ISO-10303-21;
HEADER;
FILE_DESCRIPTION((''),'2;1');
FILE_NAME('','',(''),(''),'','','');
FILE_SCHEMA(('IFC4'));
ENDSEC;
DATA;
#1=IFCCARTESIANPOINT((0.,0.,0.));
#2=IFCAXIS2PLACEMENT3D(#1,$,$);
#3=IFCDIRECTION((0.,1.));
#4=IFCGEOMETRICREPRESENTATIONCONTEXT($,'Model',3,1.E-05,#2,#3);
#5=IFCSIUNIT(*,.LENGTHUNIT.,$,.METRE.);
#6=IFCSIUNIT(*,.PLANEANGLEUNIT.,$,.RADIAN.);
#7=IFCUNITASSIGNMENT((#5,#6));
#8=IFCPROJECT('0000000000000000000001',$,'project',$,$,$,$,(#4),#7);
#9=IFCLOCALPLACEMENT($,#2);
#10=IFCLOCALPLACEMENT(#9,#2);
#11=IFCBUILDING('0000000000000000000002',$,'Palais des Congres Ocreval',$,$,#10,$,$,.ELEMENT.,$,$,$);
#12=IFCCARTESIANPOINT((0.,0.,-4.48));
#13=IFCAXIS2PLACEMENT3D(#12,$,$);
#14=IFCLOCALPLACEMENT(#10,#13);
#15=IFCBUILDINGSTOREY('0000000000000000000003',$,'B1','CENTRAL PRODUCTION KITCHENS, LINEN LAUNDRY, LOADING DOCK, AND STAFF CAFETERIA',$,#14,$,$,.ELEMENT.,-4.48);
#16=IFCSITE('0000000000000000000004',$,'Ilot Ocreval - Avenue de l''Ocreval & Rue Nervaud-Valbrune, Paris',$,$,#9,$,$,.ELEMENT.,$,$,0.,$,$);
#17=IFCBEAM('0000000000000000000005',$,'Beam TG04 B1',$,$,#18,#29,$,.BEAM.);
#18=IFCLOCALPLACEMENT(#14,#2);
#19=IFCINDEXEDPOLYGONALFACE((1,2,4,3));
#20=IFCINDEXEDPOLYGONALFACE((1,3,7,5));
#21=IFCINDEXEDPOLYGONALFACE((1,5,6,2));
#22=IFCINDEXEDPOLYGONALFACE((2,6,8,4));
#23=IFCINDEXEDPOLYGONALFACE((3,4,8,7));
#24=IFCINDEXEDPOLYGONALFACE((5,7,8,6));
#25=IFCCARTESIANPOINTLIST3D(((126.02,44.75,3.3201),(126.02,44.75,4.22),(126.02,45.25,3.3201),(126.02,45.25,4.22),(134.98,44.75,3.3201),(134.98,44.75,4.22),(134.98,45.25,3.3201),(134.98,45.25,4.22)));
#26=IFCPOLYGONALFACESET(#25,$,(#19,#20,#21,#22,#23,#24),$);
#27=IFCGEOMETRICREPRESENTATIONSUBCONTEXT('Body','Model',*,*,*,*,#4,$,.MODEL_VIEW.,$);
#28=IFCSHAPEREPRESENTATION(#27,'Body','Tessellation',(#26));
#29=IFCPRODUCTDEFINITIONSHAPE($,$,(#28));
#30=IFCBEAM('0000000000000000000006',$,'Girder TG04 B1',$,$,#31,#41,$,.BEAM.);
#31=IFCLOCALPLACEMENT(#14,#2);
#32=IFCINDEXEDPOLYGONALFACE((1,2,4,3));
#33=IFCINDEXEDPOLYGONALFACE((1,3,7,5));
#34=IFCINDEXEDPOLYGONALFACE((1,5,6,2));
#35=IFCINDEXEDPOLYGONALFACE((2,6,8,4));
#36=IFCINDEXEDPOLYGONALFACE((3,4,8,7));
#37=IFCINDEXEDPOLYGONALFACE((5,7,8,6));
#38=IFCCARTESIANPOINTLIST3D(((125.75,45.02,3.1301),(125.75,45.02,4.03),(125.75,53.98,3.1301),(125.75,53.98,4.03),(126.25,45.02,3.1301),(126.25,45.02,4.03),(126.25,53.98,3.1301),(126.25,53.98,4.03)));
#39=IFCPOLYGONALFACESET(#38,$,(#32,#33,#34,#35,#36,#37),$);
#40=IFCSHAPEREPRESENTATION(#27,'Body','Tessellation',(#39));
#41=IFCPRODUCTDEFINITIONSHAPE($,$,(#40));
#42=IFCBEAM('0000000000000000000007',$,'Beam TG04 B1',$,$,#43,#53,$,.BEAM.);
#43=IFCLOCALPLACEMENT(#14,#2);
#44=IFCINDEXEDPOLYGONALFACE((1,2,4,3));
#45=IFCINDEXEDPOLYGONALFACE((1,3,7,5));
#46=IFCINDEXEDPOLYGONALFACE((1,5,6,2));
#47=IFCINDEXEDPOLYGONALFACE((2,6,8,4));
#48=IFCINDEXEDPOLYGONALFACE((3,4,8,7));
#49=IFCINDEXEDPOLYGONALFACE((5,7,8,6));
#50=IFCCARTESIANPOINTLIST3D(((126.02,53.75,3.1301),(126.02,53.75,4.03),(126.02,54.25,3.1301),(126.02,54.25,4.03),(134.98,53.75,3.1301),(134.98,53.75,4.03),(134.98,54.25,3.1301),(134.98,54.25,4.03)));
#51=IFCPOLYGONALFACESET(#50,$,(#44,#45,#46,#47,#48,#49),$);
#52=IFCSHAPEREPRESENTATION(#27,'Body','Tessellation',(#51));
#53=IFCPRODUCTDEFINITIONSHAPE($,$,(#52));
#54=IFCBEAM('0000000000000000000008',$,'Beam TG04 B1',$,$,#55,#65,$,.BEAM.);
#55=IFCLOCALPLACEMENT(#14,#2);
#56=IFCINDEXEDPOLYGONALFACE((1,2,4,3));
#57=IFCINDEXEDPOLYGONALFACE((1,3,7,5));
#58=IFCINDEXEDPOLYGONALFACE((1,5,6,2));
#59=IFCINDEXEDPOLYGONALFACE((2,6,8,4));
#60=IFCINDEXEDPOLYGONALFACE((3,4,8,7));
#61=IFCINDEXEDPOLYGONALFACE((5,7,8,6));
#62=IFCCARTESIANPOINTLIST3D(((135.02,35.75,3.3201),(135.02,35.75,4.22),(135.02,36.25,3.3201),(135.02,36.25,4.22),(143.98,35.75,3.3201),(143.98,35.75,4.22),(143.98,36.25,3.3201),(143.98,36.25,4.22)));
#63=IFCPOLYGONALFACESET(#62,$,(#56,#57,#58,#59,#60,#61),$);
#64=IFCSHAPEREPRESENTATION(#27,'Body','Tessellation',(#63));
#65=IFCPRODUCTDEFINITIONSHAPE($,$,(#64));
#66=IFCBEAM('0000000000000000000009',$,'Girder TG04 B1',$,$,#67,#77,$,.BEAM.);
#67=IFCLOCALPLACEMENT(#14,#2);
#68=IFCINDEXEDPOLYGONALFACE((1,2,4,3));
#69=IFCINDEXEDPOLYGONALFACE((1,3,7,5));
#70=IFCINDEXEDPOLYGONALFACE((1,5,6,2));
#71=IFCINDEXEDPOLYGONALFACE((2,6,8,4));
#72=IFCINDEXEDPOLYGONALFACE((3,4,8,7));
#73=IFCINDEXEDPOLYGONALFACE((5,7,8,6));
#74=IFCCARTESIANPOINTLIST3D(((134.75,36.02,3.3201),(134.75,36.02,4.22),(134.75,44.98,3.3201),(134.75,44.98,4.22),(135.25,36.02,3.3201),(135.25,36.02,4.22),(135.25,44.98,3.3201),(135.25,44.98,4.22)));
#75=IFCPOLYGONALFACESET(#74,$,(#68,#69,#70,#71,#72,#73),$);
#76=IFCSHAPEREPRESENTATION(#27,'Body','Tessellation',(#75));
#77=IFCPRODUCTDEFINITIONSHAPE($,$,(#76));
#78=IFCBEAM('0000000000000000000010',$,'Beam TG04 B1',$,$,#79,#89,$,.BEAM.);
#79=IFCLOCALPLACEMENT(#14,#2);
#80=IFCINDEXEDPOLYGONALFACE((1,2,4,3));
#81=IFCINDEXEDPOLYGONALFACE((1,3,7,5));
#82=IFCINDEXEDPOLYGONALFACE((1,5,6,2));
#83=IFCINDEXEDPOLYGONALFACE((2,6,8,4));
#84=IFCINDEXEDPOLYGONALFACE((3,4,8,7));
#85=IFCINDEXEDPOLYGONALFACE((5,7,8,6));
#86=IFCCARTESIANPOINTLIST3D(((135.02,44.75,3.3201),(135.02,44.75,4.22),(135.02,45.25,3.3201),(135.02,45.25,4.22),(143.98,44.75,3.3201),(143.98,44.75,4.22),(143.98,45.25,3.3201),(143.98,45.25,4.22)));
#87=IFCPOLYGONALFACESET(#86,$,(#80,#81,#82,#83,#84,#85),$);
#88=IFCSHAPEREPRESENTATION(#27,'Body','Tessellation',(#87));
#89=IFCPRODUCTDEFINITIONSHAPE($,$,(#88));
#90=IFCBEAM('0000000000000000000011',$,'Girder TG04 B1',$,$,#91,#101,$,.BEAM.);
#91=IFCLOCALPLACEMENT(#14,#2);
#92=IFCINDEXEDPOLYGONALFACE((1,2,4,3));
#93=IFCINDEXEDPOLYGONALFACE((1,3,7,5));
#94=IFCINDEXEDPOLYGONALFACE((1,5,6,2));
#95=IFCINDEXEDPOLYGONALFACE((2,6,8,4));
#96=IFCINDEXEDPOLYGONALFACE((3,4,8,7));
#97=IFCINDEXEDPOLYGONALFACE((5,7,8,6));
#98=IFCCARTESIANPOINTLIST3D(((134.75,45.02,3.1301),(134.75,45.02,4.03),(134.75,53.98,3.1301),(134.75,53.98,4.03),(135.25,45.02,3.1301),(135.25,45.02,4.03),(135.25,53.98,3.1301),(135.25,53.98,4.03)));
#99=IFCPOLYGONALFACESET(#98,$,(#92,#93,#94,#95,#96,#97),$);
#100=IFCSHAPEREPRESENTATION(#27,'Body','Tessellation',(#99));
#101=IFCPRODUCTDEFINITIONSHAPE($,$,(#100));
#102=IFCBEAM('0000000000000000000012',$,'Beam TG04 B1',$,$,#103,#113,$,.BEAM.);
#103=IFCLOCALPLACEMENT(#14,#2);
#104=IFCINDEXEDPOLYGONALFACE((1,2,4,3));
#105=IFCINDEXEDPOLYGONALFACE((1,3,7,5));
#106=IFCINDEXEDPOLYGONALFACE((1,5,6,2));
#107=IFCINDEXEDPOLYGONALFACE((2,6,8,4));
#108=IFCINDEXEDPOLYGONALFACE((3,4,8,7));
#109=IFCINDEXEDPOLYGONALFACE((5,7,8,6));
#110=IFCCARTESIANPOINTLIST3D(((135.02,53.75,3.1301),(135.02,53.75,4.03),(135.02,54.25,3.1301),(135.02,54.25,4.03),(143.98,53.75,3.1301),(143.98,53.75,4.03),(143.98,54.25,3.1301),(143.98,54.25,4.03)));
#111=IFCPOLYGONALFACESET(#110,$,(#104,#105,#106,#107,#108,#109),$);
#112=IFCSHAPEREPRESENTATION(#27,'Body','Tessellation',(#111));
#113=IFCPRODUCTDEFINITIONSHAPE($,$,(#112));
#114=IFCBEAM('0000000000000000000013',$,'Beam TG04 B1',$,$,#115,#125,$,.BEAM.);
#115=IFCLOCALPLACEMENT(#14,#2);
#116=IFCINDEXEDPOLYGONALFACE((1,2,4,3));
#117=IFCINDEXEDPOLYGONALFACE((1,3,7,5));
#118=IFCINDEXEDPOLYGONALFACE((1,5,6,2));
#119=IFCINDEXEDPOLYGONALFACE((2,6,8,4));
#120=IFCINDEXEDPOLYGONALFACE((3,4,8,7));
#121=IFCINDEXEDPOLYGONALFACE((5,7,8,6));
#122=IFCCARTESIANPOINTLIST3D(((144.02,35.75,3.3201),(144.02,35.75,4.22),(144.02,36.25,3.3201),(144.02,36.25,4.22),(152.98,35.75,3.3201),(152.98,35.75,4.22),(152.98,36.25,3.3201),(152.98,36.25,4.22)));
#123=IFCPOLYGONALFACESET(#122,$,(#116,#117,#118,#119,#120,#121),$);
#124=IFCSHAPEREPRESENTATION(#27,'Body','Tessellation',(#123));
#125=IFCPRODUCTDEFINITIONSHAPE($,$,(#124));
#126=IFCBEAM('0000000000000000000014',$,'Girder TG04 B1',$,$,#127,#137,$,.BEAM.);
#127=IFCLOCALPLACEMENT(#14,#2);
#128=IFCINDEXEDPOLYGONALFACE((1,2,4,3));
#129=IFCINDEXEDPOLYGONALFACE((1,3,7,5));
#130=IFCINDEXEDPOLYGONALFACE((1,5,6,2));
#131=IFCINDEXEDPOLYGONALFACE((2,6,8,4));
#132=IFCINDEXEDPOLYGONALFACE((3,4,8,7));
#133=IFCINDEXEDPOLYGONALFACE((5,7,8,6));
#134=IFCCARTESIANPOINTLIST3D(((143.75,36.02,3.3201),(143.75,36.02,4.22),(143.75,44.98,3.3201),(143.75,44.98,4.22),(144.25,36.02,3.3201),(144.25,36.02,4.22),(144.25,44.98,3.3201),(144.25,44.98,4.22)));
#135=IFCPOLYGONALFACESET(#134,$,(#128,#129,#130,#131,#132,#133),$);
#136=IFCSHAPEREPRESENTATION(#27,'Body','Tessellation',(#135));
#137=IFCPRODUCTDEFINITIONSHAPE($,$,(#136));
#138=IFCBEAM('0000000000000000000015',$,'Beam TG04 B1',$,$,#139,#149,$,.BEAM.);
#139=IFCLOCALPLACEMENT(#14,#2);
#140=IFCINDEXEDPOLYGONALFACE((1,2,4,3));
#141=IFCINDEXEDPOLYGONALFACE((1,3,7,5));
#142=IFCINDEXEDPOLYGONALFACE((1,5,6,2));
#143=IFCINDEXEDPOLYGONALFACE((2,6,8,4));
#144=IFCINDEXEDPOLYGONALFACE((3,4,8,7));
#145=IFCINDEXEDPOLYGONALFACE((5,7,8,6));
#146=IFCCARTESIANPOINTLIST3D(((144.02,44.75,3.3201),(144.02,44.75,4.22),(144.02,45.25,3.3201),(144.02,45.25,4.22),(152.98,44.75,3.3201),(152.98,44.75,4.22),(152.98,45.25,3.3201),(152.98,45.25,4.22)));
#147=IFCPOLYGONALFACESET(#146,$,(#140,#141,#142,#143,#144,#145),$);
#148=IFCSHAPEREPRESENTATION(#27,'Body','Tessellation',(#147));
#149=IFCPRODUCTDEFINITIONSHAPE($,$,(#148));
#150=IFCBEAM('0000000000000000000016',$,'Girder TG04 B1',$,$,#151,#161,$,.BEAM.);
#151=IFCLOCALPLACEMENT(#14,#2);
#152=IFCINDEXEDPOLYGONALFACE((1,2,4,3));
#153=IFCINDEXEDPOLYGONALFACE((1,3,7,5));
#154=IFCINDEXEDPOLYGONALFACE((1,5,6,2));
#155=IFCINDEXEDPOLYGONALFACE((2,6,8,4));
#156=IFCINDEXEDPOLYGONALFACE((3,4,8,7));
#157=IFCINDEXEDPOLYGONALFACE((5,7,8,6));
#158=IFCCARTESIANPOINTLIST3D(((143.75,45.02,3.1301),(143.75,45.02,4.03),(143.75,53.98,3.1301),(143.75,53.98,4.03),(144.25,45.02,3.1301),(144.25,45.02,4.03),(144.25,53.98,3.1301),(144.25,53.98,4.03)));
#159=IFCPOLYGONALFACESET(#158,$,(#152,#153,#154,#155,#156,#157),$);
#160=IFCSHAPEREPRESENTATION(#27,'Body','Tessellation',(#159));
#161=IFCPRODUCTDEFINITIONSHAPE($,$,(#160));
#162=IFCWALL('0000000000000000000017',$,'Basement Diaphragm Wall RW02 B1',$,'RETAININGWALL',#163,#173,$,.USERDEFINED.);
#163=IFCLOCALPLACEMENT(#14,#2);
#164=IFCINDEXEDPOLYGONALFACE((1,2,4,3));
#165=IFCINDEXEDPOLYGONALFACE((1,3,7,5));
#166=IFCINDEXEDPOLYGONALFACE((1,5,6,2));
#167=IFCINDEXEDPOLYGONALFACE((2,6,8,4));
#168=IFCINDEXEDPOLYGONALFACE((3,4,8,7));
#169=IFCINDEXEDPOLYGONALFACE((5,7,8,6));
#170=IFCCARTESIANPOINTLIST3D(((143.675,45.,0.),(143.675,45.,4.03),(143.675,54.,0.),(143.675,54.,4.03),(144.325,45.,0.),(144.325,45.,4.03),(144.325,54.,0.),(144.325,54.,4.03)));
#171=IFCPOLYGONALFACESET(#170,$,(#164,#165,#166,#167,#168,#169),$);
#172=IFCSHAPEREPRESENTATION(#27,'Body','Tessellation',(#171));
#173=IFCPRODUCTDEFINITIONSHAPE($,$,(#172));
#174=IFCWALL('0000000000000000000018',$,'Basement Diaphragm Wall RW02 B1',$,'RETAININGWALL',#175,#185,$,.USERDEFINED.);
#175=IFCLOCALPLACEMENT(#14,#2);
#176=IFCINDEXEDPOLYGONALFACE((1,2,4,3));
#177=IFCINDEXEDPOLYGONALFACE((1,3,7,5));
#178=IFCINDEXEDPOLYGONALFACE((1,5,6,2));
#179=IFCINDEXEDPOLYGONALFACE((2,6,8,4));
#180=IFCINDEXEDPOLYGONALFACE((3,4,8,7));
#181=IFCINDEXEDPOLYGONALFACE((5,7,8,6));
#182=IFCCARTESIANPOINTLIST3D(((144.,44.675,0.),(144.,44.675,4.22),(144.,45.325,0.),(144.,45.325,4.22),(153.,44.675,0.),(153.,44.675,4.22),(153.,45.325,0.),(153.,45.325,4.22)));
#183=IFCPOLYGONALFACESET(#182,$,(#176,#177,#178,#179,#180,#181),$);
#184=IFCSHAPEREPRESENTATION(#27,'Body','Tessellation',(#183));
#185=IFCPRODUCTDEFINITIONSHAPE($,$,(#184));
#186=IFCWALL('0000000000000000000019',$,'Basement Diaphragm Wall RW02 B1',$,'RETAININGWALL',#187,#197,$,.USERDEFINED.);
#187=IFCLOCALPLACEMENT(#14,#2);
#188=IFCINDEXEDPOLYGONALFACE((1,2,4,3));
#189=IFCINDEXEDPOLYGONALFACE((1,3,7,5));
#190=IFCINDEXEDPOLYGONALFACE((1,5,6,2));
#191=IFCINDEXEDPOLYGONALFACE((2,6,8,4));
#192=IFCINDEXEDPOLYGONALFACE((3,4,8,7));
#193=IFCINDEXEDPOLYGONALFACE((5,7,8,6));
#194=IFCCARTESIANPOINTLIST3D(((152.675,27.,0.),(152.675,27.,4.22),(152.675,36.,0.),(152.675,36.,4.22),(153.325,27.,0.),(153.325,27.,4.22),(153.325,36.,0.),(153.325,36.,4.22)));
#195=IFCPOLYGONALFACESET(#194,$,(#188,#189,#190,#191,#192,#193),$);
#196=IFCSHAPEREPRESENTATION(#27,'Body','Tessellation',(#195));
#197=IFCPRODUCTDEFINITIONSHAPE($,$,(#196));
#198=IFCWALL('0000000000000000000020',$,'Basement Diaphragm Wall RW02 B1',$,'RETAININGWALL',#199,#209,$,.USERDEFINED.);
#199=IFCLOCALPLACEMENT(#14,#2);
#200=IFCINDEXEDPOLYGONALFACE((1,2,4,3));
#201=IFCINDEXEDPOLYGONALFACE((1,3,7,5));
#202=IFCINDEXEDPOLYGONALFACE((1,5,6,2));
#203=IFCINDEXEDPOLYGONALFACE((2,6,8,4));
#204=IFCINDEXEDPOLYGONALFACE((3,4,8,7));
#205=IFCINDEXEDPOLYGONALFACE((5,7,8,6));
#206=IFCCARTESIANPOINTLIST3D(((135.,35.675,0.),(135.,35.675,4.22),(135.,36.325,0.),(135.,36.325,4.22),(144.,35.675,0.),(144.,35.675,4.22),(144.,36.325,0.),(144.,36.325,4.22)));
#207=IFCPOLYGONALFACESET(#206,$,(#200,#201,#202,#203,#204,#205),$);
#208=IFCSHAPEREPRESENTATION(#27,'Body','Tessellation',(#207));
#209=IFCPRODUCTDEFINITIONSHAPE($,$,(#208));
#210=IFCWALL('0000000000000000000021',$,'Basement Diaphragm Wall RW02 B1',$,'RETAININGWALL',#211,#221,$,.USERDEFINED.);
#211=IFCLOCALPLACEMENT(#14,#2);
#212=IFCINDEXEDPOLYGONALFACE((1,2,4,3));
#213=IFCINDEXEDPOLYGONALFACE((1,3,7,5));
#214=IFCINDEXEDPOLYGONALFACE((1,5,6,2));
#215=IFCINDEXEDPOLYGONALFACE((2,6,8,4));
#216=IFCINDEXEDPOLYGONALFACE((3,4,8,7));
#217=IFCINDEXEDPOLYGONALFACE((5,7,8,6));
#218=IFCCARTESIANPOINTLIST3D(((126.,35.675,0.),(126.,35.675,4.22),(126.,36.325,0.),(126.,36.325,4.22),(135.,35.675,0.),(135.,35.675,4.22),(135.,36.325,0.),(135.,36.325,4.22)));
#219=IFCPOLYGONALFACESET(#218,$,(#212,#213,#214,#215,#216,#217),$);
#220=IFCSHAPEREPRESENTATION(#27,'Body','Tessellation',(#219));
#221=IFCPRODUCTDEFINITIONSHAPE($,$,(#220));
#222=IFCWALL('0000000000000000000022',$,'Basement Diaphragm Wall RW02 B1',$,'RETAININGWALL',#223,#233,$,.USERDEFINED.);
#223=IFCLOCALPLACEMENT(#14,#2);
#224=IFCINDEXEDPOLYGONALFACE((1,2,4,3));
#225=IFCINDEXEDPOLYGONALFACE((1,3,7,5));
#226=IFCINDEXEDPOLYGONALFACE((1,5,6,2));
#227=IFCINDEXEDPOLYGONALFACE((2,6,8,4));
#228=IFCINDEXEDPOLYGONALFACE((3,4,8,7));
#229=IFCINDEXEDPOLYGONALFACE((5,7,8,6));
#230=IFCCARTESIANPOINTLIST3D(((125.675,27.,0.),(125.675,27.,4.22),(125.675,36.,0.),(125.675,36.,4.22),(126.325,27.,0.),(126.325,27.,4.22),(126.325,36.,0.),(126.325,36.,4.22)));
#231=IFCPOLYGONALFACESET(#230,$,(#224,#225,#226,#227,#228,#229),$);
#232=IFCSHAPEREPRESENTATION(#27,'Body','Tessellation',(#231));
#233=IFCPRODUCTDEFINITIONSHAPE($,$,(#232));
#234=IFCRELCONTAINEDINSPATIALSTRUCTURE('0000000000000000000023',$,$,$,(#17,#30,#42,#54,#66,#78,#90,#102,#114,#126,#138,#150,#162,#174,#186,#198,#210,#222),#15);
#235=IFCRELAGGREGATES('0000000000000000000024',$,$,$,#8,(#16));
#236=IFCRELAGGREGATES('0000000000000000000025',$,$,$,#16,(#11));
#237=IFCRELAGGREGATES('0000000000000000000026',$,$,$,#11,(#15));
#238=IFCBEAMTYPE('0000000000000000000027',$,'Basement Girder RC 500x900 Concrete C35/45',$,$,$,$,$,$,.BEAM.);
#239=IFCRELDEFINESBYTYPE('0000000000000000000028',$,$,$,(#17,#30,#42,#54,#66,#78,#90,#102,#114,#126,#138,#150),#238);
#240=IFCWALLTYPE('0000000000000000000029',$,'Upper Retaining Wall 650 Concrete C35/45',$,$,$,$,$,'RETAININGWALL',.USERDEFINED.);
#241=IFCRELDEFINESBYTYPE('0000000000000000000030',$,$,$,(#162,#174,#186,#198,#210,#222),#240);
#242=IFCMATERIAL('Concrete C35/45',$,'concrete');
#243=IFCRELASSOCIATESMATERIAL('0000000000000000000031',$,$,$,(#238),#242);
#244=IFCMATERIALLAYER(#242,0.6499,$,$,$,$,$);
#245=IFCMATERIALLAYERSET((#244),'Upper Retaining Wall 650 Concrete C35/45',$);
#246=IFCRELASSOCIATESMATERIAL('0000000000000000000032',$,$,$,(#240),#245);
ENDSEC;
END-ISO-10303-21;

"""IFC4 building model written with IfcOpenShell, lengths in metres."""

from ifc_helpers import new_model, si_unit, direction, frame, frame_2d, origin, origin_2d, place, context, subcontext, project, spatial, rectangle, extrude, material, layer, layer_set, material_profile, profile_set, type_object, element, save


model = new_model("IFC4")

# Units and contexts
model_context = context("Model", 3, precision=1e-05, world=origin(), true_north=direction((0.0, 1.0)))
body_context = subcontext(model_context, "Body", "Model", "MODEL_VIEW")
ifc_project = project(units=[si_unit("LENGTHUNIT", "METRE"), si_unit("PLANEANGLEUNIT", "RADIAN")], contexts=[model_context])

# Site, building, storey
site_placement = place(None, origin())
site = spatial("IfcSite", under=ifc_project, at=site_placement, Name="Ilot Ocreval - Avenue de l'Ocreval & Rue Nervaud-Valbrune, Paris", CompositionType="ELEMENT", RefElevation=0.0)
building_placement = place(site_placement, origin())
building = spatial("IfcBuilding", under=site, at=building_placement, Name="Palais des Congres Ocreval", CompositionType="ELEMENT")
storey_placement = place(building_placement, frame((0.0, 0.0, -4.48)))
storey = spatial("IfcBuildingStorey", under=building, at=storey_placement, Name="B1", Description="CENTRAL PRODUCTION KITCHENS, LINEN LAUNDRY, LOADING DOCK, AND STAFF CAFETERIA", CompositionType="ELEMENT", Elevation=-4.48)

# Beams
ifc_material_1 = material(Name="Concrete C35/45", Category="concrete")
ifc_material_profile_1 = material_profile(ifc_material_1, rectangle(XDim=0.5, YDim=0.8999, at=origin_2d()), Name="RC 500x900")
ifc_profile_set_1 = profile_set([ifc_material_profile_1], Name="Concrete C35/45")
beam_type = type_object("IfcBeamType", Name="Basement Girder RC 500x900 Concrete C35/45", PredefinedType="BEAM", material=ifc_profile_set_1)
for number, where, z_axis, x_axis, name in (
    (1, (126.02, 45.0, 3.77), (1.0, 0.0, 0.0), (0.0, 1.0, 0.0), "Beam TG04 B1"),
    (2, (126.0, 45.02, 3.5801), (0.0, 1.0, 0.0), (-1.0, 0.0, 0.0), "Girder TG04 B1"),
    (3, (126.02, 54.0, 3.5801), (1.0, 0.0, 0.0), (0.0, 1.0, 0.0), "Beam TG04 B1"),
    (4, (135.02, 36.0, 3.77), (1.0, 0.0, 0.0), (0.0, 1.0, 0.0), "Beam TG04 B1"),
    (5, (135.0, 36.02, 3.77), (0.0, 1.0, 0.0), (-1.0, 0.0, 0.0), "Girder TG04 B1"),
    (6, (135.02, 45.0, 3.77), (1.0, 0.0, 0.0), (0.0, 1.0, 0.0), "Beam TG04 B1"),
    (7, (135.0, 45.02, 3.5801), (0.0, 1.0, 0.0), (-1.0, 0.0, 0.0), "Girder TG04 B1"),
    (8, (135.02, 54.0, 3.5801), (1.0, 0.0, 0.0), (0.0, 1.0, 0.0), "Beam TG04 B1"),
    (9, (144.02, 36.0, 3.77), (1.0, 0.0, 0.0), (0.0, 1.0, 0.0), "Beam TG04 B1"),
    (10, (144.0, 36.02, 3.77), (0.0, 1.0, 0.0), (-1.0, 0.0, 0.0), "Girder TG04 B1"),
    (11, (144.02, 45.0, 3.77), (1.0, 0.0, 0.0), (0.0, 1.0, 0.0), "Beam TG04 B1"),
    (12, (144.0, 45.02, 3.5801), (0.0, 1.0, 0.0), (-1.0, 0.0, 0.0), "Girder TG04 B1"),
):
    element("IfcBeam", number, at=place(storey_placement, frame(where, z_axis=z_axis, x_axis=x_axis)), inside=storey, type_object=beam_type, Name=name, PredefinedType="BEAM", context=body_context, shape_type="SweptSolid", body=[
        extrude(rectangle(XDim=0.5, YDim=0.8999, at=origin_2d()), origin(), (0.0, 0.0, 1.0), 8.96),
    ])

# Walls
ifc_layer = layer(ifc_material_1, 0.6499)
ifc_layer_set = layer_set([ifc_layer], Name="Upper Retaining Wall 650 Concrete C35/45")
wall_type = type_object("IfcWallType", Name="Upper Retaining Wall 650 Concrete C35/45", ElementType="RETAININGWALL", PredefinedType="USERDEFINED", material=ifc_layer_set)
wall_placement = place(storey_placement, frame((144.0, 54.0, 0.0), z_axis=(0.0, 0.0, 1.0), x_axis=(0.0, -1.0, 0.0)))
element("IfcWall", 13, at=wall_placement, inside=storey, type_object=wall_type, Name="Basement Diaphragm Wall RW02 B1", ObjectType="RETAININGWALL", PredefinedType="USERDEFINED", context=body_context, shape_type="SweptSolid", body=[
    extrude(rectangle(XDim=9.0, YDim=0.6499, at=frame_2d((4.5, 0.0))), origin(), (0.0, 0.0, 1.0), 4.03),
])
for number, where, z_axis, x_axis, name in (
    (14, (144.0, 45.0, 0.0), (0.0, 0.0, 1.0), (1.0, 0.0, 0.0), "Basement Diaphragm Wall RW02 B1"),
    (15, (153.0, 27.0, 0.0), (0.0, 0.0, 1.0), (0.0, 1.0, 0.0), "Basement Diaphragm Wall RW02 B1"),
    (16, (144.0, 36.0, 0.0), (0.0, 0.0, 1.0), (-1.0, 0.0, 0.0), "Basement Diaphragm Wall RW02 B1"),
    (17, (135.0, 36.0, 0.0), (0.0, 0.0, 1.0), (-1.0, 0.0, 0.0), "Basement Diaphragm Wall RW02 B1"),
    (18, (126.0, 36.0, 0.0), (0.0, 0.0, 1.0), (0.0, -1.0, 0.0), "Basement Diaphragm Wall RW02 B1"),
):
    element("IfcWall", number, at=place(storey_placement, frame(where, z_axis=z_axis, x_axis=x_axis)), inside=storey, type_object=wall_type, Name=name, ObjectType="RETAININGWALL", PredefinedType="USERDEFINED", context=body_context, shape_type="SweptSolid", body=[
        extrude(rectangle(XDim=9.0, YDim=0.6499, at=frame_2d((4.5, 0.0))), origin(), (0.0, 0.0, 1.0), 4.22),
    ])

save(model, "model.ifc")
